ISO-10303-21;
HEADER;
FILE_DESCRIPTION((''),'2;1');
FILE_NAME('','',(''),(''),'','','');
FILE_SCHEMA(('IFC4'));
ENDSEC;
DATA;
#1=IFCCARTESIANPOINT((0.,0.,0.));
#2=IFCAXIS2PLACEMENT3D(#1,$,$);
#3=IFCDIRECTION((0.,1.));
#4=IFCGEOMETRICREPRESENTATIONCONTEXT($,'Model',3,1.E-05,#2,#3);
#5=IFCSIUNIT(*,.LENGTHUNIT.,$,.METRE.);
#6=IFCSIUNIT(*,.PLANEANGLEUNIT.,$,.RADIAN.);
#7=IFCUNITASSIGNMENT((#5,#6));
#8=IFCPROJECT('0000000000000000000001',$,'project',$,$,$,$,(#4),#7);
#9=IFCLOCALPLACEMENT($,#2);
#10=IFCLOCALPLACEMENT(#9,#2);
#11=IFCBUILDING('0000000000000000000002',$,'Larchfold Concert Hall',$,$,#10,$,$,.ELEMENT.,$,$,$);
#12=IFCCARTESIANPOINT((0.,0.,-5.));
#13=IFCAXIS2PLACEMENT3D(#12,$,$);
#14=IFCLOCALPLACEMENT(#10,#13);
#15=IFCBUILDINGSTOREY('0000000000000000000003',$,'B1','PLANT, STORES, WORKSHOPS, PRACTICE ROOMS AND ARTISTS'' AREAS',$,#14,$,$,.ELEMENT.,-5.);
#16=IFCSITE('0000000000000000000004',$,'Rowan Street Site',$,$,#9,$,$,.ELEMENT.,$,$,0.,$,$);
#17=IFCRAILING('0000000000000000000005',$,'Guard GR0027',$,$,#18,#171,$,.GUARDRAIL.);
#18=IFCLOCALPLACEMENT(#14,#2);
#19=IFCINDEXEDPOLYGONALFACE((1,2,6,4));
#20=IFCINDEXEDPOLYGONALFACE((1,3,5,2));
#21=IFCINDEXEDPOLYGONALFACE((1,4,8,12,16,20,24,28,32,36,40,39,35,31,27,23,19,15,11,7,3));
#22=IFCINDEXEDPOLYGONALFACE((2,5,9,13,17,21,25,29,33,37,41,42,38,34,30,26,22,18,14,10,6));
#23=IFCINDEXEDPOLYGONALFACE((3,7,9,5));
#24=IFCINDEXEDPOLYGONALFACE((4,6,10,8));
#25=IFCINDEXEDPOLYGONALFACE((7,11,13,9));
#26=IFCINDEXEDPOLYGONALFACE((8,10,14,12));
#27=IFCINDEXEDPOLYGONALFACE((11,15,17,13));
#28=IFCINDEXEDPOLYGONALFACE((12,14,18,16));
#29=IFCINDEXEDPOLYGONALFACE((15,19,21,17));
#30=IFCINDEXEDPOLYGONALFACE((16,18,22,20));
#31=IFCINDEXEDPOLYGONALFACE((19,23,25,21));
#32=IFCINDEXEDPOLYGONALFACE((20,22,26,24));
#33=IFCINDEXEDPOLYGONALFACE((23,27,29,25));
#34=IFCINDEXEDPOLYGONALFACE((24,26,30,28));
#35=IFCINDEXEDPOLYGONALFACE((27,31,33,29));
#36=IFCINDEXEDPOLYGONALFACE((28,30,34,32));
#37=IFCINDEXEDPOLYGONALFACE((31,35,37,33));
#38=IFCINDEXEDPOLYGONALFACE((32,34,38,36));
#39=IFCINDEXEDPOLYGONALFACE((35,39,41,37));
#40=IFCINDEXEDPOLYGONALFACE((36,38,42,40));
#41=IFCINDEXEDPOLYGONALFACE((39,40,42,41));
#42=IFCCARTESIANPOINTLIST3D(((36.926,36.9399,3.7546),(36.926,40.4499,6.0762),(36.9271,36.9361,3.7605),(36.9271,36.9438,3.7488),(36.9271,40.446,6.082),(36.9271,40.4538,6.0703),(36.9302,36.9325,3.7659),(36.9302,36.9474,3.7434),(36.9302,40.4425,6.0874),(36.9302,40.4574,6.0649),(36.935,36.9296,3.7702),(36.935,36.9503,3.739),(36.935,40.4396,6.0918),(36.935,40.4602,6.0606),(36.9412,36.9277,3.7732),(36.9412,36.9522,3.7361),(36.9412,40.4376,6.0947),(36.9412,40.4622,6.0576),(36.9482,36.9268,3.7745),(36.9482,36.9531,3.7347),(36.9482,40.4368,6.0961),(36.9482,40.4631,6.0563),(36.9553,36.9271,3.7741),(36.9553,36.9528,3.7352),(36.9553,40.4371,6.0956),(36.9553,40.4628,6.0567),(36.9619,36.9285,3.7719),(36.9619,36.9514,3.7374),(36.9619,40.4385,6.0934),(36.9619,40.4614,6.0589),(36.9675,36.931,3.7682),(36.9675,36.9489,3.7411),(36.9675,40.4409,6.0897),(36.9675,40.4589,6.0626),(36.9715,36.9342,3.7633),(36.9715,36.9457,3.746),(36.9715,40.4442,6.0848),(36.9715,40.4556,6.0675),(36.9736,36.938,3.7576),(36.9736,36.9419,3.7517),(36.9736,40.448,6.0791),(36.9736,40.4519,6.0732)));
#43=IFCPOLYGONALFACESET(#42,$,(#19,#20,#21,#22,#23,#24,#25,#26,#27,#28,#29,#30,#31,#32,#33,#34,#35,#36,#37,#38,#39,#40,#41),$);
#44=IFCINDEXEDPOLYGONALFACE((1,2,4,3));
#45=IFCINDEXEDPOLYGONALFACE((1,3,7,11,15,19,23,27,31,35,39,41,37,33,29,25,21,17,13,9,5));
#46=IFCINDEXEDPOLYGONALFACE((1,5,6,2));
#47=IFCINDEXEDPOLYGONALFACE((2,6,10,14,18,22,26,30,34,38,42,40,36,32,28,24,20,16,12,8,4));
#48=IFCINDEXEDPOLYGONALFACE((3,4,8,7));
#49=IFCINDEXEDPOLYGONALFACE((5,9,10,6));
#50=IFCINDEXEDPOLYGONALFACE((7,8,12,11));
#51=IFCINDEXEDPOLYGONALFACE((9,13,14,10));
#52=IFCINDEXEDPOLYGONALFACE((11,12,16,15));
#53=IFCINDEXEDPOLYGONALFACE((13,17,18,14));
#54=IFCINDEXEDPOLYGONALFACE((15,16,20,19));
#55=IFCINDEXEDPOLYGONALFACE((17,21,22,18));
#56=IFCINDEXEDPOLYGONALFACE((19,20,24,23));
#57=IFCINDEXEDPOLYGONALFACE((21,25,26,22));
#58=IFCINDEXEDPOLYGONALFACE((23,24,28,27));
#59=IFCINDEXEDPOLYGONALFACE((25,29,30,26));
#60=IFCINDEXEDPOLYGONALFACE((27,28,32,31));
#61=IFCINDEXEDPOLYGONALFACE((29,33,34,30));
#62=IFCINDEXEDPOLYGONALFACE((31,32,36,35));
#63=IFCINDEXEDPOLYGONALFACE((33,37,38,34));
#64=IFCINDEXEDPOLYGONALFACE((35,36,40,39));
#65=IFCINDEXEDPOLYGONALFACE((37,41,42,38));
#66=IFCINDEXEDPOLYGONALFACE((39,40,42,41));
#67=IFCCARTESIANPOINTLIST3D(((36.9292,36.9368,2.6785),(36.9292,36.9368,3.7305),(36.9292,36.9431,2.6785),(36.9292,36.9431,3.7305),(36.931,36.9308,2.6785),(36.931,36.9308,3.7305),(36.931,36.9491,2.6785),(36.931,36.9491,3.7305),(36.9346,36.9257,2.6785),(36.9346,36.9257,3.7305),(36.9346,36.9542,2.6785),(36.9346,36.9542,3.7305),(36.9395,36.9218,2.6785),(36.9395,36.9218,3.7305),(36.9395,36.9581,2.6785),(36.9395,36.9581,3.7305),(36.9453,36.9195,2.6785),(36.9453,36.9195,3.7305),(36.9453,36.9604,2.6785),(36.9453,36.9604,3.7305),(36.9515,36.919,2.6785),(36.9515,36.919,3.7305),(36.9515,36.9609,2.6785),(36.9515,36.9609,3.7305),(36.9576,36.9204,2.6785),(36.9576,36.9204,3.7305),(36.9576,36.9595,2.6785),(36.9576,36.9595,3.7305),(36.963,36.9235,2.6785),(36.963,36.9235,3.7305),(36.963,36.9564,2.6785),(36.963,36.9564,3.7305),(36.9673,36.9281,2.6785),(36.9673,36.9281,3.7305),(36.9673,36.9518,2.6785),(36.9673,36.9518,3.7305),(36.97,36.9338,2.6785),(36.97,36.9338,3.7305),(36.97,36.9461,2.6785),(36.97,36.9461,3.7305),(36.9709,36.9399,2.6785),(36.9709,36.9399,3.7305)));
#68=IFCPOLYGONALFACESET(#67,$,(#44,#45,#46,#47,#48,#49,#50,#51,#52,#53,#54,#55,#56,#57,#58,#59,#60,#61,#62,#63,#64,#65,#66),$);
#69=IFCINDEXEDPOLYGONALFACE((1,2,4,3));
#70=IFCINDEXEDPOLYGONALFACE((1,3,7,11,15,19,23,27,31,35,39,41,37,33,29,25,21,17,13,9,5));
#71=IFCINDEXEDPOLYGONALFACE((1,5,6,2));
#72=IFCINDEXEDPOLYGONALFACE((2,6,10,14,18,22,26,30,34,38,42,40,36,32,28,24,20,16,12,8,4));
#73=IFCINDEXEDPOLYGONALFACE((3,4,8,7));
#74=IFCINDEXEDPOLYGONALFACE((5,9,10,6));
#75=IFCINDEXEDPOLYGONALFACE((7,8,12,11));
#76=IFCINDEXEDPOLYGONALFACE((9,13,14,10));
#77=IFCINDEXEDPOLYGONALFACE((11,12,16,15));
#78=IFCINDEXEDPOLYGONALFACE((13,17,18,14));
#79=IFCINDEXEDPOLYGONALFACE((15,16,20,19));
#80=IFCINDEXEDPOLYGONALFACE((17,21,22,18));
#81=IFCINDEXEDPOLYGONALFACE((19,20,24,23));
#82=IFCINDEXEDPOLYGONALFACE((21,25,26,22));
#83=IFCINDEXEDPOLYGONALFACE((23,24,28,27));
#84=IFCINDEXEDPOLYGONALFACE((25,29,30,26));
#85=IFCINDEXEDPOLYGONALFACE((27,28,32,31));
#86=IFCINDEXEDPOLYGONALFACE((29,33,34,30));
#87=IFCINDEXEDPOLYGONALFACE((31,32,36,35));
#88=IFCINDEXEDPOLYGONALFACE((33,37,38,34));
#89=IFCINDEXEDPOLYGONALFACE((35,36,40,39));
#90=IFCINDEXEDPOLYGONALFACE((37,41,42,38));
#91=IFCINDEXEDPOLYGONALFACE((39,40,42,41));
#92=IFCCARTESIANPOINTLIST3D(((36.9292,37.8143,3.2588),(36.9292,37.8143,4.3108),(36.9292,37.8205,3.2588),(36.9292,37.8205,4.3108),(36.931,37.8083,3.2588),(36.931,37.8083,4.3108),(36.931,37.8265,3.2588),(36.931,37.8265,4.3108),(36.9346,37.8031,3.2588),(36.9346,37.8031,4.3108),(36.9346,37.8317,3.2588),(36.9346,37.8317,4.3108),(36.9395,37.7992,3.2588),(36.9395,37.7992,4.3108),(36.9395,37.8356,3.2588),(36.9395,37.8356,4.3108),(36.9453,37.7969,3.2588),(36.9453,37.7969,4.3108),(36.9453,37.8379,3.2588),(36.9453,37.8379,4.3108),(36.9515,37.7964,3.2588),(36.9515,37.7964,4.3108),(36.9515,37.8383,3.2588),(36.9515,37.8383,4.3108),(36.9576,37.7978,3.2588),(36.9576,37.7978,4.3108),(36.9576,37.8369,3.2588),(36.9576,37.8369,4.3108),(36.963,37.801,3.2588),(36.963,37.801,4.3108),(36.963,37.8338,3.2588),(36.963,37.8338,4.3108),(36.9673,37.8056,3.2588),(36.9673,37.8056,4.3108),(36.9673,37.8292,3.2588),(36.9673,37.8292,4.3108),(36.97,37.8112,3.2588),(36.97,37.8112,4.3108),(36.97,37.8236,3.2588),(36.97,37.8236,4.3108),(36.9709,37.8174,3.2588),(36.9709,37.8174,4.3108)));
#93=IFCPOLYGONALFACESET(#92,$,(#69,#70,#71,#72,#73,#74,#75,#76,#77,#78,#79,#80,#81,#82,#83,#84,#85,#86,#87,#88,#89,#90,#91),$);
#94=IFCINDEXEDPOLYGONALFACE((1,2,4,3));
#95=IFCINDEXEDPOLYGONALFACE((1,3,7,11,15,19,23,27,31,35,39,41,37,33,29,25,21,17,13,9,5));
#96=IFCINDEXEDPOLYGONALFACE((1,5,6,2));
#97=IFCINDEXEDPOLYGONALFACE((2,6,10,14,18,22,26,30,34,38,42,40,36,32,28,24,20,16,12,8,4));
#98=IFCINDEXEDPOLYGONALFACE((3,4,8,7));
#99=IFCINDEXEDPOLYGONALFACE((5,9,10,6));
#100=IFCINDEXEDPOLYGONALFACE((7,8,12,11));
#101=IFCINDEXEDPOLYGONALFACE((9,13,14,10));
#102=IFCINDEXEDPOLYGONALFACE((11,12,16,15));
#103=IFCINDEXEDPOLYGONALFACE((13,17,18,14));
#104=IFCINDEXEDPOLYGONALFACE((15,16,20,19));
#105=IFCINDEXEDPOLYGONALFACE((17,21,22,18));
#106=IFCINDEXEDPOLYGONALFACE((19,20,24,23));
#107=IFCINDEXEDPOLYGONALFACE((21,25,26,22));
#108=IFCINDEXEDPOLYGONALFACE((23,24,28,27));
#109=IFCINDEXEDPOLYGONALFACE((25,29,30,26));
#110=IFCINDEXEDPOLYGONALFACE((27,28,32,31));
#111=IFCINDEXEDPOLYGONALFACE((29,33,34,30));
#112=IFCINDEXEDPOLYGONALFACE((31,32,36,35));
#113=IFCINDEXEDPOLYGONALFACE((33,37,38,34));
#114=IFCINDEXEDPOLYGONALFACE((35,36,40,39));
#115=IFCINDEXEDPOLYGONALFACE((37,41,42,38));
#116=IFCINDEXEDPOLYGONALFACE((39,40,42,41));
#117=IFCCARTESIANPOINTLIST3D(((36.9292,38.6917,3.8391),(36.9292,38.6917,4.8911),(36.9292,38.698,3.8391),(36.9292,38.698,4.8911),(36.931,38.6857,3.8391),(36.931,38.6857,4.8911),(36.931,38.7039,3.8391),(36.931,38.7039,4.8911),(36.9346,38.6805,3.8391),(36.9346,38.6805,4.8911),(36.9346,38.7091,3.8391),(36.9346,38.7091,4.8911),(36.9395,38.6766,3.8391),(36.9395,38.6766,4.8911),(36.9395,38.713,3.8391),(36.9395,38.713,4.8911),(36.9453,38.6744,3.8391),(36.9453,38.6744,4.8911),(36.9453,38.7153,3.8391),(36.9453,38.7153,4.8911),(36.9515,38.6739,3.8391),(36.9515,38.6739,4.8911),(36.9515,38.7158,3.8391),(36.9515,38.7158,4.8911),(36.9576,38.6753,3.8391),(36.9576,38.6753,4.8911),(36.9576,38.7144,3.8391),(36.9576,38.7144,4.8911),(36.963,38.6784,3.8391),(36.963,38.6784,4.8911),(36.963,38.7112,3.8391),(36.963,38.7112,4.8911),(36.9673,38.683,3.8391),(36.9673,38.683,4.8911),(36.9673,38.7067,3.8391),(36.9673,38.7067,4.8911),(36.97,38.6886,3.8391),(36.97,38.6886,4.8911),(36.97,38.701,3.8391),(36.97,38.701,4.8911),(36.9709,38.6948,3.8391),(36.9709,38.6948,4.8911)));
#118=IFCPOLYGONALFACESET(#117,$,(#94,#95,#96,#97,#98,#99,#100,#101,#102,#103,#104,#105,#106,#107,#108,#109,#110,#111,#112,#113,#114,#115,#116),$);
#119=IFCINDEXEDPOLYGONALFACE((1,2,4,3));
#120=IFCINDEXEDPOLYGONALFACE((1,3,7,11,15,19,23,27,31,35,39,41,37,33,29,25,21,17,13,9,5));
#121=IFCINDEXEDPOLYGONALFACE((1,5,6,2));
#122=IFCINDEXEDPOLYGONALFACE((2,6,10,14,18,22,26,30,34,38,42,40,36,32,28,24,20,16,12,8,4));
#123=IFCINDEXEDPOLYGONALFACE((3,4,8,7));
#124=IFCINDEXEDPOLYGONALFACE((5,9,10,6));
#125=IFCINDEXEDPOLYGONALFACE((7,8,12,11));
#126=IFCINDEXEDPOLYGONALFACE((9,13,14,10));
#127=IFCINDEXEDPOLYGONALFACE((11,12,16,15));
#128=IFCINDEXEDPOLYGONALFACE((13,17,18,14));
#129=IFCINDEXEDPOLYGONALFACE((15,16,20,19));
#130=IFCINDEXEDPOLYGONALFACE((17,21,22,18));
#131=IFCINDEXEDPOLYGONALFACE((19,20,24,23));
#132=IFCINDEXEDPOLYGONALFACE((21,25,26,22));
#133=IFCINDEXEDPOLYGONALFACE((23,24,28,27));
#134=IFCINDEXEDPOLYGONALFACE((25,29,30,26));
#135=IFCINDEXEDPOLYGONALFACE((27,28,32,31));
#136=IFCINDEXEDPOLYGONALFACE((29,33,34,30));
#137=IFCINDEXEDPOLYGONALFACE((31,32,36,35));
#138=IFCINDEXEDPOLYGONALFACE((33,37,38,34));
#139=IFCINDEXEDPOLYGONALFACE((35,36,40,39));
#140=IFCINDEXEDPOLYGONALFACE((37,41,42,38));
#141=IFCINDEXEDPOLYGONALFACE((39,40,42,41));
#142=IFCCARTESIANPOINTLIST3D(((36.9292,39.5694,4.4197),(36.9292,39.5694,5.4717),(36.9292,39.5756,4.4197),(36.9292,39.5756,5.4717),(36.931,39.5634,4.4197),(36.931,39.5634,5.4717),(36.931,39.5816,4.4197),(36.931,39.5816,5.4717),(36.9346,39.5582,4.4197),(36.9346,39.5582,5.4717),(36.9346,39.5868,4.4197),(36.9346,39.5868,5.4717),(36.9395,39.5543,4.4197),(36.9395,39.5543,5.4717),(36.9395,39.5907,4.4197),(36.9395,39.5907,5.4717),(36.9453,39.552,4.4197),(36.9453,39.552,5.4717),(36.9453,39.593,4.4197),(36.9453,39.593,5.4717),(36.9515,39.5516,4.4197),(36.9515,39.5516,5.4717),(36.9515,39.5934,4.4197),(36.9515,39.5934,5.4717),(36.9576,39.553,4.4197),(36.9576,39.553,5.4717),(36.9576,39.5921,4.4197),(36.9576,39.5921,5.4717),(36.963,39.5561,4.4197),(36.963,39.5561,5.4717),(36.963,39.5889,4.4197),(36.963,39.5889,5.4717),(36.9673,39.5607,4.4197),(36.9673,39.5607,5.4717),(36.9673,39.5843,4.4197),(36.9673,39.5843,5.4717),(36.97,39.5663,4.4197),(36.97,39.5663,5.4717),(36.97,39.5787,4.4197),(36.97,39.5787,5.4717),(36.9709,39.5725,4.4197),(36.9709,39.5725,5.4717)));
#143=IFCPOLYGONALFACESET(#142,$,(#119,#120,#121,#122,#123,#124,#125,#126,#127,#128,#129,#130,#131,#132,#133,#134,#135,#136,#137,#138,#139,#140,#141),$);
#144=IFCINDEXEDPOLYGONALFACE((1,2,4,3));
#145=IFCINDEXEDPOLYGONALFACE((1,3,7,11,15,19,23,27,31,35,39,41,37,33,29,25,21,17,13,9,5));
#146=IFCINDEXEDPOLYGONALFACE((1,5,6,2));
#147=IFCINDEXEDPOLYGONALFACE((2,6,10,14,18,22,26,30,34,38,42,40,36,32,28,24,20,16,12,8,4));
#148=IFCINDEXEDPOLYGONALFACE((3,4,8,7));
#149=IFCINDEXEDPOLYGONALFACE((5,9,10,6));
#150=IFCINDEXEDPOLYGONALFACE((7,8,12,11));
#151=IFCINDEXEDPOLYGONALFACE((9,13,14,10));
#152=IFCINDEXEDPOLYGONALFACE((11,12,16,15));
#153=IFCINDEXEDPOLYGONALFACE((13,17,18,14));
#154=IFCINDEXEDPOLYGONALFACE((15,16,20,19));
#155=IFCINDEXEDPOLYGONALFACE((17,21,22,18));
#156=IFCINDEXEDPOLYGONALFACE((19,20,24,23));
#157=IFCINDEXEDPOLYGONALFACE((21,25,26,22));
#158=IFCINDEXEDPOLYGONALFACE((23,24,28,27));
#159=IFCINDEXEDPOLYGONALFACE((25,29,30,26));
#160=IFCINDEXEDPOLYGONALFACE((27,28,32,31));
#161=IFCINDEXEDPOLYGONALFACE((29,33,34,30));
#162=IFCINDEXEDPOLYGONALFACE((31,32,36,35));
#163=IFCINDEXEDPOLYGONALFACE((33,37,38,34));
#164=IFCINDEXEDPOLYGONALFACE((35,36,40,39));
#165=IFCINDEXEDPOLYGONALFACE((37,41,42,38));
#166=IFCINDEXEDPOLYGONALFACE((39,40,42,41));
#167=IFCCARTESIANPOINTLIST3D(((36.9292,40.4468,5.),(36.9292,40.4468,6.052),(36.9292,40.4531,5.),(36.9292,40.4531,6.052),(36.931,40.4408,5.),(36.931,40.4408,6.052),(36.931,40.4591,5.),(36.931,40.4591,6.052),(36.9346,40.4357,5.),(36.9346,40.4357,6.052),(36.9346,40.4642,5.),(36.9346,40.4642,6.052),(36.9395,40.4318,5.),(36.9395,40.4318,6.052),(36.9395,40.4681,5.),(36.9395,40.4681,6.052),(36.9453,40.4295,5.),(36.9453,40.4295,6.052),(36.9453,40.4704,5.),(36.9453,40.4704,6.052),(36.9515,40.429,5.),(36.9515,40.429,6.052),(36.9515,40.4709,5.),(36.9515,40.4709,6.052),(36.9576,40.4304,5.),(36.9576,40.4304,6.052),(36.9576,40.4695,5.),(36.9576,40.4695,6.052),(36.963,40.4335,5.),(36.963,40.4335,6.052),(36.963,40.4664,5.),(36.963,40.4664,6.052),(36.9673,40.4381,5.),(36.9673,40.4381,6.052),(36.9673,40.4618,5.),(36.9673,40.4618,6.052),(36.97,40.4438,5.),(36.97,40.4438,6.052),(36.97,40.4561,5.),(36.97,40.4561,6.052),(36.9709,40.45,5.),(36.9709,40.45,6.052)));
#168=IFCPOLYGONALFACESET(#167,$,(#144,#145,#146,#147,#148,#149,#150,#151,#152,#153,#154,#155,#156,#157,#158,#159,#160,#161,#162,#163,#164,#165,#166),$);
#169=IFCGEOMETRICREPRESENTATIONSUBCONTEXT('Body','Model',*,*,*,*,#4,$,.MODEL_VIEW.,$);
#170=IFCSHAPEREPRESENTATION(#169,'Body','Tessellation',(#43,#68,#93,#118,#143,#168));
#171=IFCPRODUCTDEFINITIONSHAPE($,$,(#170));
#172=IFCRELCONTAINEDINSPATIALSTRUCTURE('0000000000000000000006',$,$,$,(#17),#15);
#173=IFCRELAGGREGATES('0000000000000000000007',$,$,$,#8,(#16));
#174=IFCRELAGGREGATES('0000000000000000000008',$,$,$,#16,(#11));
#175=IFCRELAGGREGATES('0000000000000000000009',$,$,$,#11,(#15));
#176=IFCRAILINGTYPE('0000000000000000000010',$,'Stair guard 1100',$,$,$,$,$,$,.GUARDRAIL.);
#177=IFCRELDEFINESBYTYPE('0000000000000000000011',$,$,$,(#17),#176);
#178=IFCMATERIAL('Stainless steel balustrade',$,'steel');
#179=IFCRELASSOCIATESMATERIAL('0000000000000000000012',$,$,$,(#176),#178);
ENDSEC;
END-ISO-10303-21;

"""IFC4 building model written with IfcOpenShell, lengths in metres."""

from ifc_helpers import new_model, si_unit, direction, frame, origin, origin_2d, place, context, subcontext, project, spatial, circle, extrude, material, type_object, element, save


model = new_model("IFC4")

# Units and contexts
model_context = context("Model", 3, precision=1e-05, world=origin(), true_north=direction((0.0, 1.0)))
body_context = subcontext(model_context, "Body", "Model", "MODEL_VIEW")
ifc_project = project(units=[si_unit("LENGTHUNIT", "METRE"), si_unit("PLANEANGLEUNIT", "RADIAN")], contexts=[model_context])

# Site, building, storey
site_placement = place(None, origin())
site = spatial("IfcSite", under=ifc_project, at=site_placement, Name="Rowan Street Site", CompositionType="ELEMENT", RefElevation=0.0)
building_placement = place(site_placement, origin())
building = spatial("IfcBuilding", under=site, at=building_placement, Name="Larchfold Concert Hall", CompositionType="ELEMENT")
storey_placement = place(building_placement, frame((0.0, 0.0, -5.0)))
storey = spatial("IfcBuildingStorey", under=building, at=storey_placement, Name="B1", Description="PLANT, STORES, WORKSHOPS, PRACTICE ROOMS AND ARTISTS' AREAS", CompositionType="ELEMENT", Elevation=-5.0)

# Railing
ifc_material_1 = material(Name="Stainless steel balustrade", Category="steel")
railing_type_1 = type_object("IfcRailingType", Name="Stair guard 1100", PredefinedType="GUARDRAIL", material=ifc_material_1)
railing_1_placement = place(storey_placement, frame((36.95, 36.9399, 2.6785)))
element("IfcRailing", 1, at=railing_1_placement, inside=storey, type_object=railing_type_1, Name="Guard GR0027", PredefinedType="GUARDRAIL", context=body_context, shape_type="SweptSolid", body=[
    extrude(circle(Radius=0.0239, at=origin_2d()), frame((0.0, 0.0, 1.0762), z_axis=(0.0, 0.834071, 0.551657), x_axis=(-1.0, 0.0, 0.0)), (0.0, 0.0, 1.0), 4.2083),
    extrude(circle(Radius=0.021, at=origin_2d()), origin(), (0.0, 0.0, 1.0), 1.052),
    extrude(circle(Radius=0.021, at=origin_2d()), frame((0.0, 0.8774, 0.5803)), (0.0, 0.0, 1.0), 1.052),
    extrude(circle(Radius=0.021, at=origin_2d()), frame((0.0, 1.7549, 1.1606)), (0.0, 0.0, 1.0), 1.052),
    extrude(circle(Radius=0.021, at=origin_2d()), frame((0.0, 2.6326, 1.7412)), (0.0, 0.0, 1.0), 1.052),
    extrude(circle(Radius=0.021, at=origin_2d()), frame((0.0, 3.51, 2.3215)), (0.0, 0.0, 1.0), 1.052),
])

save(model, "model.ifc")
